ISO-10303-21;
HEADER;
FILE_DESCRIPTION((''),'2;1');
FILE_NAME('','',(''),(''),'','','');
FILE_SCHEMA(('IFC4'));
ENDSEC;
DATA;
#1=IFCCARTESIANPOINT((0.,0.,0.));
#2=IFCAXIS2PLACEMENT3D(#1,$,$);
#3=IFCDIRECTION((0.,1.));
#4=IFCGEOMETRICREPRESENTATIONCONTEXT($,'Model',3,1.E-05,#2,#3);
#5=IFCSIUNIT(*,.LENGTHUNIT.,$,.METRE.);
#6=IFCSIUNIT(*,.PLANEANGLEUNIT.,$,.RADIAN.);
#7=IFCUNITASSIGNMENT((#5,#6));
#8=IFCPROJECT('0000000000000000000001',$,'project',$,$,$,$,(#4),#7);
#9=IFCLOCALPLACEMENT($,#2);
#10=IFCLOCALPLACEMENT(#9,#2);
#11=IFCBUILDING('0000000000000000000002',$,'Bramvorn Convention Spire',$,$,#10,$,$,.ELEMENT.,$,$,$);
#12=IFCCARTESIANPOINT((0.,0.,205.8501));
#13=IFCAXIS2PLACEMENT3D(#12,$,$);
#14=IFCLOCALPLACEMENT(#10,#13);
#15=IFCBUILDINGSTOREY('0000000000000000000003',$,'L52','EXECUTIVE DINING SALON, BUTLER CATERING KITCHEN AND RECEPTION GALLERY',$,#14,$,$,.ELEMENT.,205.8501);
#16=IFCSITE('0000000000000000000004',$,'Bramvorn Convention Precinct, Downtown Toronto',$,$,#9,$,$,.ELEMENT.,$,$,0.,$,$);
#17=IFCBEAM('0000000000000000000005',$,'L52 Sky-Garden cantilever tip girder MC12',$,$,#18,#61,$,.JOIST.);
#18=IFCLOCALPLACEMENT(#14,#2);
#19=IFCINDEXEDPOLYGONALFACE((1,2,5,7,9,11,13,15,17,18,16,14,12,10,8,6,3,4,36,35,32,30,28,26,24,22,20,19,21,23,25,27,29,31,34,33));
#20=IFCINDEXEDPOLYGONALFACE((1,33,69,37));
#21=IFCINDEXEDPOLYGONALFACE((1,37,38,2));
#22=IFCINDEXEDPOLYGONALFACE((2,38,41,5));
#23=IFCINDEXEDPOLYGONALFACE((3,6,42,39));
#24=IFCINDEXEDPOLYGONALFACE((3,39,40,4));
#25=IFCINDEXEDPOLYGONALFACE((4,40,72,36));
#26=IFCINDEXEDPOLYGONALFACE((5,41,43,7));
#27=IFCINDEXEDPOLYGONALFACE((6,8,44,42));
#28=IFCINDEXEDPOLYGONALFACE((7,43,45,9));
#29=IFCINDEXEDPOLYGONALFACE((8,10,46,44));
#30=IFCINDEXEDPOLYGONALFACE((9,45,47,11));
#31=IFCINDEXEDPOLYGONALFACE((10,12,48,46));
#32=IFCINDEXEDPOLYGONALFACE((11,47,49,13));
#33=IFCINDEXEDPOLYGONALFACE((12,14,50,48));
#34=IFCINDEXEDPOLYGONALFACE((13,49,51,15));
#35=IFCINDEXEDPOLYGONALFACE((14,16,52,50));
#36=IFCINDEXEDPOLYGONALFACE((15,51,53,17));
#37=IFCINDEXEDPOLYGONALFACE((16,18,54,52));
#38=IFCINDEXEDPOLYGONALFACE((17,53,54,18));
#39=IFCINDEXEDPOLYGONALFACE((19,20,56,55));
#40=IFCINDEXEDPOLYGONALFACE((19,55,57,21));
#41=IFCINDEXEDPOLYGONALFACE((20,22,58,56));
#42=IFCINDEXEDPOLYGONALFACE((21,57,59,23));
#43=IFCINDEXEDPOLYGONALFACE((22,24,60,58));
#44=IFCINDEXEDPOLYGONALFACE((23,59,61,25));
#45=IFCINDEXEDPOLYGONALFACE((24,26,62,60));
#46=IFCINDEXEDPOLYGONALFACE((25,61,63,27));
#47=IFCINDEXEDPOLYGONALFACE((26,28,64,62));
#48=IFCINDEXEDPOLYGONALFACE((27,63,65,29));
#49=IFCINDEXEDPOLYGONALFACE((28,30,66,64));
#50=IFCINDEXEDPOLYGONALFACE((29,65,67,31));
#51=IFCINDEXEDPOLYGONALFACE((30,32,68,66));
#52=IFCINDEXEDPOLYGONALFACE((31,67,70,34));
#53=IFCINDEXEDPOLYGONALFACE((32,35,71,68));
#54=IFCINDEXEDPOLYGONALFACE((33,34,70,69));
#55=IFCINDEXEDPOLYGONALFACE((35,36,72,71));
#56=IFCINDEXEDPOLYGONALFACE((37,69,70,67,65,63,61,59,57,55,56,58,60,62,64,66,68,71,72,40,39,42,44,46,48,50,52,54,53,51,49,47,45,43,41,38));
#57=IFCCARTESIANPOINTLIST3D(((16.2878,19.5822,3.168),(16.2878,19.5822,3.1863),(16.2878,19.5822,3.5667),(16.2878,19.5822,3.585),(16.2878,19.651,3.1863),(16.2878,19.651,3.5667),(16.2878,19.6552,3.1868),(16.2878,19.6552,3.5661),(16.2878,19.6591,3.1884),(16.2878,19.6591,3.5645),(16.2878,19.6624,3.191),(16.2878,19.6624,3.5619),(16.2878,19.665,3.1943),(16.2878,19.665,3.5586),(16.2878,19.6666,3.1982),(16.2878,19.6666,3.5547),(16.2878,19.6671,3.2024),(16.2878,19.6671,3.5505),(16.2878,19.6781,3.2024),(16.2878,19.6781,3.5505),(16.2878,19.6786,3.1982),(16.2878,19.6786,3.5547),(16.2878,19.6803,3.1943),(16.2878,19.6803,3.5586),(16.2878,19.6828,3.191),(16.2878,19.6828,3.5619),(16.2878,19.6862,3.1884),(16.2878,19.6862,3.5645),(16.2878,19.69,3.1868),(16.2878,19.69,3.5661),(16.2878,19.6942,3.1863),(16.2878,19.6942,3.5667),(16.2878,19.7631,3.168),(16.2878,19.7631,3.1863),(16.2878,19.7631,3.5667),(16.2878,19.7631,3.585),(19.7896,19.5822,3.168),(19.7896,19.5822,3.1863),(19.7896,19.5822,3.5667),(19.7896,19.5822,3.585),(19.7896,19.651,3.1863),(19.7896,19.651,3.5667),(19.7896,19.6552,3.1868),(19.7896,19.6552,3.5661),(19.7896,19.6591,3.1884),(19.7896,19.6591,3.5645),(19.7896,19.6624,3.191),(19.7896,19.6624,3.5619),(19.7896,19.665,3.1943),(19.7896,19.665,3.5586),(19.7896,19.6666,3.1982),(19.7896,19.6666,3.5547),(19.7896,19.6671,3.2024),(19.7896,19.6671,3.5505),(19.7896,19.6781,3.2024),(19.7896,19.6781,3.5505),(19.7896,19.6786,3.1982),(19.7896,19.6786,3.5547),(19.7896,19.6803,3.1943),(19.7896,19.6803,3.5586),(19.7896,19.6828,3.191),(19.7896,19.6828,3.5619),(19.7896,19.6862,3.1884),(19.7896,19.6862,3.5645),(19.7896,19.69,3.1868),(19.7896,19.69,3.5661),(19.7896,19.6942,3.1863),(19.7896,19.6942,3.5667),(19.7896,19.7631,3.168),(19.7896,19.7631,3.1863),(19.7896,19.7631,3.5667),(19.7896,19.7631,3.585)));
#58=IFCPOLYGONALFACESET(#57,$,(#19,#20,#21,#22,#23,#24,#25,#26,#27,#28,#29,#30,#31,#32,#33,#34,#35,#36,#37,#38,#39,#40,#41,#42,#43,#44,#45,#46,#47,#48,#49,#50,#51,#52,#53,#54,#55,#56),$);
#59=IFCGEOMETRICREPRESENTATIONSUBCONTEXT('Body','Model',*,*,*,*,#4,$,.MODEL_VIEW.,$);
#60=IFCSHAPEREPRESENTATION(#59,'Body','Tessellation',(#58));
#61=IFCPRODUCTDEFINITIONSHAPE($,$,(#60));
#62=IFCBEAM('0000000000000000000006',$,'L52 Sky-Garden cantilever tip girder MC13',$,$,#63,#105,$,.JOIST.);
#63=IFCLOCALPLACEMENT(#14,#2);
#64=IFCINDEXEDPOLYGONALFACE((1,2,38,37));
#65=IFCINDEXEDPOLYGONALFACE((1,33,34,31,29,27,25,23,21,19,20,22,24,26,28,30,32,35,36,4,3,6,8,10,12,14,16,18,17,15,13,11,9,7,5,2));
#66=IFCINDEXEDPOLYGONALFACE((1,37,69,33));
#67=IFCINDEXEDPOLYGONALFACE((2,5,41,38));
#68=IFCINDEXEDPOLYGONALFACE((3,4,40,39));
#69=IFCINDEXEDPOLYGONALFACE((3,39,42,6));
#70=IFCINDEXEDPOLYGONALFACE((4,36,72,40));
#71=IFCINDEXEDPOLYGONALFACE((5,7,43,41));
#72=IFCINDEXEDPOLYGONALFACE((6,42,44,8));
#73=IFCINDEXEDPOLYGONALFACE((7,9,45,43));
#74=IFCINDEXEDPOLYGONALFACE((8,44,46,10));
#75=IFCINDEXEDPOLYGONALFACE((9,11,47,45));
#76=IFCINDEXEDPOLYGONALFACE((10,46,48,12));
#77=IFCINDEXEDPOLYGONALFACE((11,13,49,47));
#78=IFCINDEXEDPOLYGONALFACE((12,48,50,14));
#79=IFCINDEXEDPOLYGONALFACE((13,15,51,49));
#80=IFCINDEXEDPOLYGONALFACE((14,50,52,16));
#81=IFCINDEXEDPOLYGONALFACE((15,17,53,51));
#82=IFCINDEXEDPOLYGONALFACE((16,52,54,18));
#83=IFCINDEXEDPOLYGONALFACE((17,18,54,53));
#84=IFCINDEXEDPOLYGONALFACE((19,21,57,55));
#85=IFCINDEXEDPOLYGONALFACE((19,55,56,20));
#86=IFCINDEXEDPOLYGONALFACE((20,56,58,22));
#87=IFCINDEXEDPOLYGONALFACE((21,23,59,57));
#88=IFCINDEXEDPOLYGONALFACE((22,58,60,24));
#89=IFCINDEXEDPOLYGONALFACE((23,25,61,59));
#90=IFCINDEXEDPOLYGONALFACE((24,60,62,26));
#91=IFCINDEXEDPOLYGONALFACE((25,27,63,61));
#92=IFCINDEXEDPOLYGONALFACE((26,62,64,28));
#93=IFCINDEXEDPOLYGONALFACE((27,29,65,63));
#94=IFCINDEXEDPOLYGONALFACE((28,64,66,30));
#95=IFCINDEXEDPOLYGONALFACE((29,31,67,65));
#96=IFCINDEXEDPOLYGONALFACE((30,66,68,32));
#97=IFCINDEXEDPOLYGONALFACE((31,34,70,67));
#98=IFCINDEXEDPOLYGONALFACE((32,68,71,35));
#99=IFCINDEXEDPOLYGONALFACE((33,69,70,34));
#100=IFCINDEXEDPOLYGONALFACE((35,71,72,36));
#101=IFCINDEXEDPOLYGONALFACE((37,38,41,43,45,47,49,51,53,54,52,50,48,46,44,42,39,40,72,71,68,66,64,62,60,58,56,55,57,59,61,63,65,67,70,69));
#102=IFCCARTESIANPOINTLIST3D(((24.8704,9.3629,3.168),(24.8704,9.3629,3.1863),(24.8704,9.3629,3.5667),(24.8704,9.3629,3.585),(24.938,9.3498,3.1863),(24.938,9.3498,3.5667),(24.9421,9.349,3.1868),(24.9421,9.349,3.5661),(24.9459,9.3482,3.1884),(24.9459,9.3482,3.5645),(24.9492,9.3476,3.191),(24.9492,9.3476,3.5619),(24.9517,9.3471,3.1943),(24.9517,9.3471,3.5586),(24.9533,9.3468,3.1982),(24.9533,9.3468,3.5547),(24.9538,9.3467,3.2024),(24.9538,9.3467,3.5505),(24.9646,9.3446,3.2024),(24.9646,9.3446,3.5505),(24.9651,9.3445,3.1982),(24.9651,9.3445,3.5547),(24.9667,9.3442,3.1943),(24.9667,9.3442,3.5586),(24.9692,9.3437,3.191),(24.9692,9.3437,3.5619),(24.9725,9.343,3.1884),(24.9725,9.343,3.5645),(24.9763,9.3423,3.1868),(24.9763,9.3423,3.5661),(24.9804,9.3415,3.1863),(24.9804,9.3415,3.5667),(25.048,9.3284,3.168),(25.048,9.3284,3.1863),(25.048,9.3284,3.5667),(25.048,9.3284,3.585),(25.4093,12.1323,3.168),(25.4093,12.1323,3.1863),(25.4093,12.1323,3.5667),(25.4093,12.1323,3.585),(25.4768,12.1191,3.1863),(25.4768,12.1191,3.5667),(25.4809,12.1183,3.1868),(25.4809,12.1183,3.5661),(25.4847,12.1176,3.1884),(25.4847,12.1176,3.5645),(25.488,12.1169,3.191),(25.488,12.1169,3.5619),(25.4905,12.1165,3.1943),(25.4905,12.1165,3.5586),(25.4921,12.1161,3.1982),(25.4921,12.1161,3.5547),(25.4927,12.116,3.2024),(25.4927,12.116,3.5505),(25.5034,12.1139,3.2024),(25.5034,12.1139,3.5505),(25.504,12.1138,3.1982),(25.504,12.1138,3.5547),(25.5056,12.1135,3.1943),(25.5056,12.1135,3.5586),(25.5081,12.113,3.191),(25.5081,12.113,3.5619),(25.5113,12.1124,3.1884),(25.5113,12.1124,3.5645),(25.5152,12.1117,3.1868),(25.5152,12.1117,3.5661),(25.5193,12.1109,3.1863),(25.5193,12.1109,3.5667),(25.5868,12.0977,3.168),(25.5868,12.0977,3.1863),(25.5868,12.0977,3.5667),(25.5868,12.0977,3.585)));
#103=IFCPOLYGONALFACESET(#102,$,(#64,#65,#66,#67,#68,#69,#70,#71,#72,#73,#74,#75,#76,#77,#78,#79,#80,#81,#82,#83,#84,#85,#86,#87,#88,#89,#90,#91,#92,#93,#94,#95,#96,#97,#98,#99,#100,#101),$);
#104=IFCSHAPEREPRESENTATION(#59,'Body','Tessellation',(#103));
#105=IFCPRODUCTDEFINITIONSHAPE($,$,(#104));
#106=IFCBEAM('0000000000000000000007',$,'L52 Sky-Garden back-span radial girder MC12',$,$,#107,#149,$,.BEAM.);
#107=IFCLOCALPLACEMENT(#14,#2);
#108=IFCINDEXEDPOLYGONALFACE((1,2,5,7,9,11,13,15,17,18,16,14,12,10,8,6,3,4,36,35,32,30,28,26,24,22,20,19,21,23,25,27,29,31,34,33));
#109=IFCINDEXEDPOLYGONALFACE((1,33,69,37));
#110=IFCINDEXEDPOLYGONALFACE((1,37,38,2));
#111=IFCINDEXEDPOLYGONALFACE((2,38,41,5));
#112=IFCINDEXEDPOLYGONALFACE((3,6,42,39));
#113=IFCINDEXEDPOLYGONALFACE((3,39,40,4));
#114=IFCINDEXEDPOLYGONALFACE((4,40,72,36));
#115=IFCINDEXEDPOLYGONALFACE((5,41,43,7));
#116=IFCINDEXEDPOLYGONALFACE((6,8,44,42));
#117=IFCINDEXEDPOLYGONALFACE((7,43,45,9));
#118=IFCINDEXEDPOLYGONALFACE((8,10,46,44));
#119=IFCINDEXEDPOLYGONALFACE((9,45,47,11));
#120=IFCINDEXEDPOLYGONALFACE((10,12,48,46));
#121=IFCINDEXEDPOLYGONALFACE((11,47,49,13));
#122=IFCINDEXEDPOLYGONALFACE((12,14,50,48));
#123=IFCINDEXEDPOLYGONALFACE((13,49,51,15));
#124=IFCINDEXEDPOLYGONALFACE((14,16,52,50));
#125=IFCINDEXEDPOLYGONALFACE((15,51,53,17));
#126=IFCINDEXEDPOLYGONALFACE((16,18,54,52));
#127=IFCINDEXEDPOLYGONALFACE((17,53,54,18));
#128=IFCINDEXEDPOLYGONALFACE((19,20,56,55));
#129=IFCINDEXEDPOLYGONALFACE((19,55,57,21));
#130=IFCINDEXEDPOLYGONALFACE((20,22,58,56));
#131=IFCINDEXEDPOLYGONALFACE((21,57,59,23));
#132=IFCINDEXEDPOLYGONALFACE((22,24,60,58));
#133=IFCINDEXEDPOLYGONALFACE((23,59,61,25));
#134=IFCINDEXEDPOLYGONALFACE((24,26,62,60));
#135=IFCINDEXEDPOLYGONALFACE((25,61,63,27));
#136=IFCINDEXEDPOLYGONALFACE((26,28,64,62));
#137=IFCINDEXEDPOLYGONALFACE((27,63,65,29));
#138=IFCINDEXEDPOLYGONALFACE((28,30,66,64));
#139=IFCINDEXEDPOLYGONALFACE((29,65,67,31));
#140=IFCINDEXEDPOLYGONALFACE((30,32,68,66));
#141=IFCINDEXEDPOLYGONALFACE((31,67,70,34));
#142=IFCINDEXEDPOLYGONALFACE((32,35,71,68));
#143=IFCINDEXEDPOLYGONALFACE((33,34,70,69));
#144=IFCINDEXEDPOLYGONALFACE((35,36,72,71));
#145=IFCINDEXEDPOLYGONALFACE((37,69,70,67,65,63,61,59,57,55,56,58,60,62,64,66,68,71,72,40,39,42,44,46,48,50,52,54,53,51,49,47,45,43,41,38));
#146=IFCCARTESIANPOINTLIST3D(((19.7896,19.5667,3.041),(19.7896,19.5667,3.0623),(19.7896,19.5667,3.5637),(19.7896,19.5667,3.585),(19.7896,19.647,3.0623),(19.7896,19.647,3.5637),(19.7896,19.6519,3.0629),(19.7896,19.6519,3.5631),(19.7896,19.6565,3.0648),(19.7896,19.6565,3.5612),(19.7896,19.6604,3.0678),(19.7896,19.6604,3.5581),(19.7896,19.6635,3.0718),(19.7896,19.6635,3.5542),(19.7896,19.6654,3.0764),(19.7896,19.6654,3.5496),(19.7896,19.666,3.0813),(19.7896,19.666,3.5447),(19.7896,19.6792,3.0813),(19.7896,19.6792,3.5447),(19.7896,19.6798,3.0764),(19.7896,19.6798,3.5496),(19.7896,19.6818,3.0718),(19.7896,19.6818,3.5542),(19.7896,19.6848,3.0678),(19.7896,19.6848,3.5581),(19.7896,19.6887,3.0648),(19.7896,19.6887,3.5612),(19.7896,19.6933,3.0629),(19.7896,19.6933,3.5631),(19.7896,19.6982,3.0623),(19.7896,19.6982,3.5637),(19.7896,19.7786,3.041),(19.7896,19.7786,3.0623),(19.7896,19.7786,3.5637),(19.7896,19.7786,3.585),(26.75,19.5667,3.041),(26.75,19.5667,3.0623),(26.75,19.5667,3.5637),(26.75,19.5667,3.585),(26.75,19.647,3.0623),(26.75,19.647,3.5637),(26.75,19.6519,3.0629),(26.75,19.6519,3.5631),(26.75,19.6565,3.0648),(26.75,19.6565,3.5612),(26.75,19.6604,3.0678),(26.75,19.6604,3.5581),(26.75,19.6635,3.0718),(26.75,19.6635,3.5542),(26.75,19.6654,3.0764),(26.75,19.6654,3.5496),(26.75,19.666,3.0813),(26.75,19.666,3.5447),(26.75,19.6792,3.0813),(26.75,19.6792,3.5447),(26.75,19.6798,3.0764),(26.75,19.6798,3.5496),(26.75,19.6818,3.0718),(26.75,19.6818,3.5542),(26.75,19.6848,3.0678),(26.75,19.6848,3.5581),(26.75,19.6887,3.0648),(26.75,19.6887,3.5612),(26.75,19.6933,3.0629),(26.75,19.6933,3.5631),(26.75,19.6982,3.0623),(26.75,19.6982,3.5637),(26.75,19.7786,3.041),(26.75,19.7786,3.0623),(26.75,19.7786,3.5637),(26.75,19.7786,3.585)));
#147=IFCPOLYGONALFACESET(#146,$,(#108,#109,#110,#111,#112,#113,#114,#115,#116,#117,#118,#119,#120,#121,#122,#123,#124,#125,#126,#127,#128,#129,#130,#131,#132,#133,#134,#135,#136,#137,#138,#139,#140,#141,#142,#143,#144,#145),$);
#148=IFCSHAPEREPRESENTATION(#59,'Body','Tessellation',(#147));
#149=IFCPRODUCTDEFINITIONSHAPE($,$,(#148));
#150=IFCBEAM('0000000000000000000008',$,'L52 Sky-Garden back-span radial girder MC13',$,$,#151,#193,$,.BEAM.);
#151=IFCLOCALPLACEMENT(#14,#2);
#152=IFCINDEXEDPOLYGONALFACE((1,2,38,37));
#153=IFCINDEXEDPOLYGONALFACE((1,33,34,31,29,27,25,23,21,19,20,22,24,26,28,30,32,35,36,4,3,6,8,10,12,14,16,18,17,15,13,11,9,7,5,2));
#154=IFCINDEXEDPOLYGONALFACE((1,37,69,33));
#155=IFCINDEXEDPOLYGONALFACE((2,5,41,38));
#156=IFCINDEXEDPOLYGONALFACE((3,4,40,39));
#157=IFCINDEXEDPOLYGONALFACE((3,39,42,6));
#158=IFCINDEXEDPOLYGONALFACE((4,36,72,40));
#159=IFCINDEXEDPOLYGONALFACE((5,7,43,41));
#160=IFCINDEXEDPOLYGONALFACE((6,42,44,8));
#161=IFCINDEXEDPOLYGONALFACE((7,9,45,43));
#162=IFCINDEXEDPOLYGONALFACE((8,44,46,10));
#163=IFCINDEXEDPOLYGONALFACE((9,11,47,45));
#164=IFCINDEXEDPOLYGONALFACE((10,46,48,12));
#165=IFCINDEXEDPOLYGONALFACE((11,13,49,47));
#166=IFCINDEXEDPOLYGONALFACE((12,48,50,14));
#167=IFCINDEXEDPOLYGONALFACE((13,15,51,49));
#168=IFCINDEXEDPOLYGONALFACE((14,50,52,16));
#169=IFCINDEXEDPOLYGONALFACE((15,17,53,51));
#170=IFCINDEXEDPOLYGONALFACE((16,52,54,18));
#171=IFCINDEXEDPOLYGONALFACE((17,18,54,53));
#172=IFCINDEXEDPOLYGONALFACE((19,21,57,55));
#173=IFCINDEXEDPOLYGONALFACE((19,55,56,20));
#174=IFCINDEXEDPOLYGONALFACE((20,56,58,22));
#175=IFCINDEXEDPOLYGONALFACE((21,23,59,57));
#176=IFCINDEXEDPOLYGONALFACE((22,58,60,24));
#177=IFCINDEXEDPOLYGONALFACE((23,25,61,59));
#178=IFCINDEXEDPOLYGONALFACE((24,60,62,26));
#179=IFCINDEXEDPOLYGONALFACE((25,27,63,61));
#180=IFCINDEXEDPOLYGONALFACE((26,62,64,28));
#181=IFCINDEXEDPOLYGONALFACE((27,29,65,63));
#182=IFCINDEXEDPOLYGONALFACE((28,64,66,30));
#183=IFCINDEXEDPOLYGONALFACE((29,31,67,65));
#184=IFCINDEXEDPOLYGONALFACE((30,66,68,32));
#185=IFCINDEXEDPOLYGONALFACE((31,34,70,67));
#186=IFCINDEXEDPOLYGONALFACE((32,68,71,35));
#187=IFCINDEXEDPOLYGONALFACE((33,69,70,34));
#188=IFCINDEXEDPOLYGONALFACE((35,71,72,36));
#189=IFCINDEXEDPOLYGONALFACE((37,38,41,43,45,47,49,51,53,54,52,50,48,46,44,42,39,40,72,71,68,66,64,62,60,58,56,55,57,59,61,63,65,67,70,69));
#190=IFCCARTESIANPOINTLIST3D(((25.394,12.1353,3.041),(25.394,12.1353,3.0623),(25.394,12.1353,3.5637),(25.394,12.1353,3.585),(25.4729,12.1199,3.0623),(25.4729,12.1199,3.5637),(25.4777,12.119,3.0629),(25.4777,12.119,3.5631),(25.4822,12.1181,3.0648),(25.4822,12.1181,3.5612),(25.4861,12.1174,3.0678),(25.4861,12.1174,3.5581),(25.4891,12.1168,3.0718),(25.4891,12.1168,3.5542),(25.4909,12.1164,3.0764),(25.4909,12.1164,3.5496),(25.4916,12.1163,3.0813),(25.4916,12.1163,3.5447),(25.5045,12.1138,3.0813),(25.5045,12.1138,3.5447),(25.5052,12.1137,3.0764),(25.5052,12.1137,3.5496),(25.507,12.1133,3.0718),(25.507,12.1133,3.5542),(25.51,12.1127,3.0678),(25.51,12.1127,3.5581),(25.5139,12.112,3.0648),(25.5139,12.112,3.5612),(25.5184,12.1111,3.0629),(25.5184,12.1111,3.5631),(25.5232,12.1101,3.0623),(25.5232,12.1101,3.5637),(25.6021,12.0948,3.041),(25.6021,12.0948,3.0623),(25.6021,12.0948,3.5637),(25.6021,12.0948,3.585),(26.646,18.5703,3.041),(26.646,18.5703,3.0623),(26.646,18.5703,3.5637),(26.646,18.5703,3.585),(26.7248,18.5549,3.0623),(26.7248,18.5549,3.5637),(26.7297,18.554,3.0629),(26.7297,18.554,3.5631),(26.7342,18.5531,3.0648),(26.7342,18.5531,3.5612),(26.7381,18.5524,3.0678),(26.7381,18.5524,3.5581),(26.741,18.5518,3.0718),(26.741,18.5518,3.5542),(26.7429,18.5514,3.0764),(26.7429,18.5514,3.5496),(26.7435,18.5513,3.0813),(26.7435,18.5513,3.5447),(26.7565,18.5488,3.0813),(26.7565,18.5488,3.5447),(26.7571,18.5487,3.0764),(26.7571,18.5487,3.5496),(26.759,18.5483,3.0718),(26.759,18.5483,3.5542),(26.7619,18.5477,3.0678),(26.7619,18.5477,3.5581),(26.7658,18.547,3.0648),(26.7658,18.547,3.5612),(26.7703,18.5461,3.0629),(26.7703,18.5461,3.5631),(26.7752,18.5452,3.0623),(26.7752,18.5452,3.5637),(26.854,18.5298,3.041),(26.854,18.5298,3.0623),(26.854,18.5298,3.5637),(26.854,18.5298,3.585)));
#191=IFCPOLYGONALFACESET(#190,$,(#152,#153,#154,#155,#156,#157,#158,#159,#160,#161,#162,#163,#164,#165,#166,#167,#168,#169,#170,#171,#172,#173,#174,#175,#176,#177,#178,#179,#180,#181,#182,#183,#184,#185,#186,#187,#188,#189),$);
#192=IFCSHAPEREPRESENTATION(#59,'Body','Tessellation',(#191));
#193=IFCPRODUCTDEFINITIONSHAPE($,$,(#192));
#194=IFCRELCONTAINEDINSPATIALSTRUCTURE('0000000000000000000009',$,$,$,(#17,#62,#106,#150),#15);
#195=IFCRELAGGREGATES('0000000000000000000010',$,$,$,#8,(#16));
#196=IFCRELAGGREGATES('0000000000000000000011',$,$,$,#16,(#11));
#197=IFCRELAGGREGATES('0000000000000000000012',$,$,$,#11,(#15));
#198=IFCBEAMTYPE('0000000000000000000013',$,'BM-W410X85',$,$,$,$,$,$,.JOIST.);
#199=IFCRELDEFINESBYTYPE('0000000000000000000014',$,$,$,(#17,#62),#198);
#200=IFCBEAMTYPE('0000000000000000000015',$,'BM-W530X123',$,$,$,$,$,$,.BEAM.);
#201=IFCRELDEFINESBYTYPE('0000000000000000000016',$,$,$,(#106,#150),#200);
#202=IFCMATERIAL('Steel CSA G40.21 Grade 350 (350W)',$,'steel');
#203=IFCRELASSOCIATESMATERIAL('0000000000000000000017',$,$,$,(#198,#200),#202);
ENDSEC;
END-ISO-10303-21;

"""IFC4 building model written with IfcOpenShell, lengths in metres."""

from ifc_helpers import new_model, si_unit, direction, frame, origin, origin_2d, place, context, subcontext, project, spatial, i_section, extrude, material, material_profile, profile_set, type_object, element, save


model = new_model("IFC4")

# Units and contexts
model_context = context("Model", 3, precision=1e-05, world=origin(), true_north=direction((0.0, 1.0)))
body_context = subcontext(model_context, "Body", "Model", "MODEL_VIEW")
ifc_project = project(units=[si_unit("LENGTHUNIT", "METRE"), si_unit("PLANEANGLEUNIT", "RADIAN")], contexts=[model_context])

# Site, building, storey
site_placement = place(None, origin())
site = spatial("IfcSite", under=ifc_project, at=site_placement, Name="Bramvorn Convention Precinct, Downtown Toronto", CompositionType="ELEMENT", RefElevation=0.0)
building_placement = place(site_placement, origin())
building = spatial("IfcBuilding", under=site, at=building_placement, Name="Bramvorn Convention Spire", CompositionType="ELEMENT")
storey_placement = place(building_placement, frame((0.0, 0.0, 205.8501)))
storey = spatial("IfcBuildingStorey", under=building, at=storey_placement, Name="L52", Description="EXECUTIVE DINING SALON, BUTLER CATERING KITCHEN AND RECEPTION GALLERY", CompositionType="ELEMENT", Elevation=205.8501)

# Shared definitions
ifc_material_1 = material(Name="Steel CSA G40.21 Grade 350 (350W)", Category="steel")

# Beams
ifc_material_profile_1 = material_profile(ifc_material_1, i_section(OverallWidth=0.1809, OverallDepth=0.417, WebThickness=0.011, FlangeThickness=0.0183, FilletRadius=0.0161, at=origin_2d()))
ifc_profile_set_1 = profile_set([ifc_material_profile_1], Name="Steel CSA G40.21 Grade 350 (350W) - W410X85")
beam_type_1 = type_object("IfcBeamType", Name="BM-W410X85", PredefinedType="JOIST", material=ifc_profile_set_1)
beam_1_placement = place(storey_placement, frame((19.7896, 19.6726, 3.3765), z_axis=(-1.0, 0.0, 0.0), x_axis=(0.0, -1.0, 0.0)))
element("IfcBeam", 1, at=beam_1_placement, inside=storey, type_object=beam_type_1, Name="L52 Sky-Garden cantilever tip girder MC12", PredefinedType="JOIST", context=body_context, shape_type="SweptSolid", body=[
    extrude(i_section(OverallWidth=0.1809, OverallDepth=0.417, WebThickness=0.011, FlangeThickness=0.0183, FilletRadius=0.0161, at=origin_2d()), origin(), (0.0, 0.0, 1.0), 3.5017),
])
beam_2_placement = place(storey_placement, frame((25.498, 12.115, 3.3765), z_axis=(-0.190988, -0.981592, 0.0), x_axis=(0.981592, -0.190988, 0.0)))
element("IfcBeam", 2, at=beam_2_placement, inside=storey, type_object=beam_type_1, Name="L52 Sky-Garden cantilever tip girder MC13", PredefinedType="JOIST", context=body_context, shape_type="SweptSolid", body=[
    extrude(i_section(OverallWidth=0.1809, OverallDepth=0.417, WebThickness=0.011, FlangeThickness=0.0183, FilletRadius=0.0161, at=origin_2d()), origin(), (0.0, 0.0, 1.0), 2.8213),
])
ifc_material_profile_2 = material_profile(ifc_material_1, i_section(OverallWidth=0.2119, OverallDepth=0.5439, WebThickness=0.0132, FlangeThickness=0.0212, FilletRadius=0.019, at=origin_2d()))
ifc_profile_set_2 = profile_set([ifc_material_profile_2], Name="Steel CSA G40.21 Grade 350 (350W) - W530X123")
beam_type_2 = type_object("IfcBeamType", Name="BM-W530X123", PredefinedType="BEAM", material=ifc_profile_set_2)
beam_3_placement = place(storey_placement, frame((26.75, 19.6726, 3.313), z_axis=(-1.0, 0.0, 0.0), x_axis=(0.0, -1.0, 0.0)))
element("IfcBeam", 3, at=beam_3_placement, inside=storey, type_object=beam_type_2, Name="L52 Sky-Garden back-span radial girder MC12", PredefinedType="BEAM", context=body_context, shape_type="SweptSolid", body=[
    extrude(i_section(OverallWidth=0.2119, OverallDepth=0.5439, WebThickness=0.0132, FlangeThickness=0.0212, FilletRadius=0.019, at=origin_2d()), origin(), (0.0, 0.0, 1.0), 6.9604),
])
beam_4_placement = place(storey_placement, frame((26.75, 18.55, 3.313), z_axis=(-0.190971, -0.981596, 0.0), x_axis=(0.981596, -0.190971, 0.0)))
element("IfcBeam", 4, at=beam_4_placement, inside=storey, type_object=beam_type_2, Name="L52 Sky-Garden back-span radial girder MC13", PredefinedType="BEAM", context=body_context, shape_type="SweptSolid", body=[
    extrude(i_section(OverallWidth=0.2119, OverallDepth=0.5439, WebThickness=0.0132, FlangeThickness=0.0212, FilletRadius=0.019, at=origin_2d()), origin(), (0.0, 0.0, 1.0), 6.5557),
])

save(model, "model.ifc")
